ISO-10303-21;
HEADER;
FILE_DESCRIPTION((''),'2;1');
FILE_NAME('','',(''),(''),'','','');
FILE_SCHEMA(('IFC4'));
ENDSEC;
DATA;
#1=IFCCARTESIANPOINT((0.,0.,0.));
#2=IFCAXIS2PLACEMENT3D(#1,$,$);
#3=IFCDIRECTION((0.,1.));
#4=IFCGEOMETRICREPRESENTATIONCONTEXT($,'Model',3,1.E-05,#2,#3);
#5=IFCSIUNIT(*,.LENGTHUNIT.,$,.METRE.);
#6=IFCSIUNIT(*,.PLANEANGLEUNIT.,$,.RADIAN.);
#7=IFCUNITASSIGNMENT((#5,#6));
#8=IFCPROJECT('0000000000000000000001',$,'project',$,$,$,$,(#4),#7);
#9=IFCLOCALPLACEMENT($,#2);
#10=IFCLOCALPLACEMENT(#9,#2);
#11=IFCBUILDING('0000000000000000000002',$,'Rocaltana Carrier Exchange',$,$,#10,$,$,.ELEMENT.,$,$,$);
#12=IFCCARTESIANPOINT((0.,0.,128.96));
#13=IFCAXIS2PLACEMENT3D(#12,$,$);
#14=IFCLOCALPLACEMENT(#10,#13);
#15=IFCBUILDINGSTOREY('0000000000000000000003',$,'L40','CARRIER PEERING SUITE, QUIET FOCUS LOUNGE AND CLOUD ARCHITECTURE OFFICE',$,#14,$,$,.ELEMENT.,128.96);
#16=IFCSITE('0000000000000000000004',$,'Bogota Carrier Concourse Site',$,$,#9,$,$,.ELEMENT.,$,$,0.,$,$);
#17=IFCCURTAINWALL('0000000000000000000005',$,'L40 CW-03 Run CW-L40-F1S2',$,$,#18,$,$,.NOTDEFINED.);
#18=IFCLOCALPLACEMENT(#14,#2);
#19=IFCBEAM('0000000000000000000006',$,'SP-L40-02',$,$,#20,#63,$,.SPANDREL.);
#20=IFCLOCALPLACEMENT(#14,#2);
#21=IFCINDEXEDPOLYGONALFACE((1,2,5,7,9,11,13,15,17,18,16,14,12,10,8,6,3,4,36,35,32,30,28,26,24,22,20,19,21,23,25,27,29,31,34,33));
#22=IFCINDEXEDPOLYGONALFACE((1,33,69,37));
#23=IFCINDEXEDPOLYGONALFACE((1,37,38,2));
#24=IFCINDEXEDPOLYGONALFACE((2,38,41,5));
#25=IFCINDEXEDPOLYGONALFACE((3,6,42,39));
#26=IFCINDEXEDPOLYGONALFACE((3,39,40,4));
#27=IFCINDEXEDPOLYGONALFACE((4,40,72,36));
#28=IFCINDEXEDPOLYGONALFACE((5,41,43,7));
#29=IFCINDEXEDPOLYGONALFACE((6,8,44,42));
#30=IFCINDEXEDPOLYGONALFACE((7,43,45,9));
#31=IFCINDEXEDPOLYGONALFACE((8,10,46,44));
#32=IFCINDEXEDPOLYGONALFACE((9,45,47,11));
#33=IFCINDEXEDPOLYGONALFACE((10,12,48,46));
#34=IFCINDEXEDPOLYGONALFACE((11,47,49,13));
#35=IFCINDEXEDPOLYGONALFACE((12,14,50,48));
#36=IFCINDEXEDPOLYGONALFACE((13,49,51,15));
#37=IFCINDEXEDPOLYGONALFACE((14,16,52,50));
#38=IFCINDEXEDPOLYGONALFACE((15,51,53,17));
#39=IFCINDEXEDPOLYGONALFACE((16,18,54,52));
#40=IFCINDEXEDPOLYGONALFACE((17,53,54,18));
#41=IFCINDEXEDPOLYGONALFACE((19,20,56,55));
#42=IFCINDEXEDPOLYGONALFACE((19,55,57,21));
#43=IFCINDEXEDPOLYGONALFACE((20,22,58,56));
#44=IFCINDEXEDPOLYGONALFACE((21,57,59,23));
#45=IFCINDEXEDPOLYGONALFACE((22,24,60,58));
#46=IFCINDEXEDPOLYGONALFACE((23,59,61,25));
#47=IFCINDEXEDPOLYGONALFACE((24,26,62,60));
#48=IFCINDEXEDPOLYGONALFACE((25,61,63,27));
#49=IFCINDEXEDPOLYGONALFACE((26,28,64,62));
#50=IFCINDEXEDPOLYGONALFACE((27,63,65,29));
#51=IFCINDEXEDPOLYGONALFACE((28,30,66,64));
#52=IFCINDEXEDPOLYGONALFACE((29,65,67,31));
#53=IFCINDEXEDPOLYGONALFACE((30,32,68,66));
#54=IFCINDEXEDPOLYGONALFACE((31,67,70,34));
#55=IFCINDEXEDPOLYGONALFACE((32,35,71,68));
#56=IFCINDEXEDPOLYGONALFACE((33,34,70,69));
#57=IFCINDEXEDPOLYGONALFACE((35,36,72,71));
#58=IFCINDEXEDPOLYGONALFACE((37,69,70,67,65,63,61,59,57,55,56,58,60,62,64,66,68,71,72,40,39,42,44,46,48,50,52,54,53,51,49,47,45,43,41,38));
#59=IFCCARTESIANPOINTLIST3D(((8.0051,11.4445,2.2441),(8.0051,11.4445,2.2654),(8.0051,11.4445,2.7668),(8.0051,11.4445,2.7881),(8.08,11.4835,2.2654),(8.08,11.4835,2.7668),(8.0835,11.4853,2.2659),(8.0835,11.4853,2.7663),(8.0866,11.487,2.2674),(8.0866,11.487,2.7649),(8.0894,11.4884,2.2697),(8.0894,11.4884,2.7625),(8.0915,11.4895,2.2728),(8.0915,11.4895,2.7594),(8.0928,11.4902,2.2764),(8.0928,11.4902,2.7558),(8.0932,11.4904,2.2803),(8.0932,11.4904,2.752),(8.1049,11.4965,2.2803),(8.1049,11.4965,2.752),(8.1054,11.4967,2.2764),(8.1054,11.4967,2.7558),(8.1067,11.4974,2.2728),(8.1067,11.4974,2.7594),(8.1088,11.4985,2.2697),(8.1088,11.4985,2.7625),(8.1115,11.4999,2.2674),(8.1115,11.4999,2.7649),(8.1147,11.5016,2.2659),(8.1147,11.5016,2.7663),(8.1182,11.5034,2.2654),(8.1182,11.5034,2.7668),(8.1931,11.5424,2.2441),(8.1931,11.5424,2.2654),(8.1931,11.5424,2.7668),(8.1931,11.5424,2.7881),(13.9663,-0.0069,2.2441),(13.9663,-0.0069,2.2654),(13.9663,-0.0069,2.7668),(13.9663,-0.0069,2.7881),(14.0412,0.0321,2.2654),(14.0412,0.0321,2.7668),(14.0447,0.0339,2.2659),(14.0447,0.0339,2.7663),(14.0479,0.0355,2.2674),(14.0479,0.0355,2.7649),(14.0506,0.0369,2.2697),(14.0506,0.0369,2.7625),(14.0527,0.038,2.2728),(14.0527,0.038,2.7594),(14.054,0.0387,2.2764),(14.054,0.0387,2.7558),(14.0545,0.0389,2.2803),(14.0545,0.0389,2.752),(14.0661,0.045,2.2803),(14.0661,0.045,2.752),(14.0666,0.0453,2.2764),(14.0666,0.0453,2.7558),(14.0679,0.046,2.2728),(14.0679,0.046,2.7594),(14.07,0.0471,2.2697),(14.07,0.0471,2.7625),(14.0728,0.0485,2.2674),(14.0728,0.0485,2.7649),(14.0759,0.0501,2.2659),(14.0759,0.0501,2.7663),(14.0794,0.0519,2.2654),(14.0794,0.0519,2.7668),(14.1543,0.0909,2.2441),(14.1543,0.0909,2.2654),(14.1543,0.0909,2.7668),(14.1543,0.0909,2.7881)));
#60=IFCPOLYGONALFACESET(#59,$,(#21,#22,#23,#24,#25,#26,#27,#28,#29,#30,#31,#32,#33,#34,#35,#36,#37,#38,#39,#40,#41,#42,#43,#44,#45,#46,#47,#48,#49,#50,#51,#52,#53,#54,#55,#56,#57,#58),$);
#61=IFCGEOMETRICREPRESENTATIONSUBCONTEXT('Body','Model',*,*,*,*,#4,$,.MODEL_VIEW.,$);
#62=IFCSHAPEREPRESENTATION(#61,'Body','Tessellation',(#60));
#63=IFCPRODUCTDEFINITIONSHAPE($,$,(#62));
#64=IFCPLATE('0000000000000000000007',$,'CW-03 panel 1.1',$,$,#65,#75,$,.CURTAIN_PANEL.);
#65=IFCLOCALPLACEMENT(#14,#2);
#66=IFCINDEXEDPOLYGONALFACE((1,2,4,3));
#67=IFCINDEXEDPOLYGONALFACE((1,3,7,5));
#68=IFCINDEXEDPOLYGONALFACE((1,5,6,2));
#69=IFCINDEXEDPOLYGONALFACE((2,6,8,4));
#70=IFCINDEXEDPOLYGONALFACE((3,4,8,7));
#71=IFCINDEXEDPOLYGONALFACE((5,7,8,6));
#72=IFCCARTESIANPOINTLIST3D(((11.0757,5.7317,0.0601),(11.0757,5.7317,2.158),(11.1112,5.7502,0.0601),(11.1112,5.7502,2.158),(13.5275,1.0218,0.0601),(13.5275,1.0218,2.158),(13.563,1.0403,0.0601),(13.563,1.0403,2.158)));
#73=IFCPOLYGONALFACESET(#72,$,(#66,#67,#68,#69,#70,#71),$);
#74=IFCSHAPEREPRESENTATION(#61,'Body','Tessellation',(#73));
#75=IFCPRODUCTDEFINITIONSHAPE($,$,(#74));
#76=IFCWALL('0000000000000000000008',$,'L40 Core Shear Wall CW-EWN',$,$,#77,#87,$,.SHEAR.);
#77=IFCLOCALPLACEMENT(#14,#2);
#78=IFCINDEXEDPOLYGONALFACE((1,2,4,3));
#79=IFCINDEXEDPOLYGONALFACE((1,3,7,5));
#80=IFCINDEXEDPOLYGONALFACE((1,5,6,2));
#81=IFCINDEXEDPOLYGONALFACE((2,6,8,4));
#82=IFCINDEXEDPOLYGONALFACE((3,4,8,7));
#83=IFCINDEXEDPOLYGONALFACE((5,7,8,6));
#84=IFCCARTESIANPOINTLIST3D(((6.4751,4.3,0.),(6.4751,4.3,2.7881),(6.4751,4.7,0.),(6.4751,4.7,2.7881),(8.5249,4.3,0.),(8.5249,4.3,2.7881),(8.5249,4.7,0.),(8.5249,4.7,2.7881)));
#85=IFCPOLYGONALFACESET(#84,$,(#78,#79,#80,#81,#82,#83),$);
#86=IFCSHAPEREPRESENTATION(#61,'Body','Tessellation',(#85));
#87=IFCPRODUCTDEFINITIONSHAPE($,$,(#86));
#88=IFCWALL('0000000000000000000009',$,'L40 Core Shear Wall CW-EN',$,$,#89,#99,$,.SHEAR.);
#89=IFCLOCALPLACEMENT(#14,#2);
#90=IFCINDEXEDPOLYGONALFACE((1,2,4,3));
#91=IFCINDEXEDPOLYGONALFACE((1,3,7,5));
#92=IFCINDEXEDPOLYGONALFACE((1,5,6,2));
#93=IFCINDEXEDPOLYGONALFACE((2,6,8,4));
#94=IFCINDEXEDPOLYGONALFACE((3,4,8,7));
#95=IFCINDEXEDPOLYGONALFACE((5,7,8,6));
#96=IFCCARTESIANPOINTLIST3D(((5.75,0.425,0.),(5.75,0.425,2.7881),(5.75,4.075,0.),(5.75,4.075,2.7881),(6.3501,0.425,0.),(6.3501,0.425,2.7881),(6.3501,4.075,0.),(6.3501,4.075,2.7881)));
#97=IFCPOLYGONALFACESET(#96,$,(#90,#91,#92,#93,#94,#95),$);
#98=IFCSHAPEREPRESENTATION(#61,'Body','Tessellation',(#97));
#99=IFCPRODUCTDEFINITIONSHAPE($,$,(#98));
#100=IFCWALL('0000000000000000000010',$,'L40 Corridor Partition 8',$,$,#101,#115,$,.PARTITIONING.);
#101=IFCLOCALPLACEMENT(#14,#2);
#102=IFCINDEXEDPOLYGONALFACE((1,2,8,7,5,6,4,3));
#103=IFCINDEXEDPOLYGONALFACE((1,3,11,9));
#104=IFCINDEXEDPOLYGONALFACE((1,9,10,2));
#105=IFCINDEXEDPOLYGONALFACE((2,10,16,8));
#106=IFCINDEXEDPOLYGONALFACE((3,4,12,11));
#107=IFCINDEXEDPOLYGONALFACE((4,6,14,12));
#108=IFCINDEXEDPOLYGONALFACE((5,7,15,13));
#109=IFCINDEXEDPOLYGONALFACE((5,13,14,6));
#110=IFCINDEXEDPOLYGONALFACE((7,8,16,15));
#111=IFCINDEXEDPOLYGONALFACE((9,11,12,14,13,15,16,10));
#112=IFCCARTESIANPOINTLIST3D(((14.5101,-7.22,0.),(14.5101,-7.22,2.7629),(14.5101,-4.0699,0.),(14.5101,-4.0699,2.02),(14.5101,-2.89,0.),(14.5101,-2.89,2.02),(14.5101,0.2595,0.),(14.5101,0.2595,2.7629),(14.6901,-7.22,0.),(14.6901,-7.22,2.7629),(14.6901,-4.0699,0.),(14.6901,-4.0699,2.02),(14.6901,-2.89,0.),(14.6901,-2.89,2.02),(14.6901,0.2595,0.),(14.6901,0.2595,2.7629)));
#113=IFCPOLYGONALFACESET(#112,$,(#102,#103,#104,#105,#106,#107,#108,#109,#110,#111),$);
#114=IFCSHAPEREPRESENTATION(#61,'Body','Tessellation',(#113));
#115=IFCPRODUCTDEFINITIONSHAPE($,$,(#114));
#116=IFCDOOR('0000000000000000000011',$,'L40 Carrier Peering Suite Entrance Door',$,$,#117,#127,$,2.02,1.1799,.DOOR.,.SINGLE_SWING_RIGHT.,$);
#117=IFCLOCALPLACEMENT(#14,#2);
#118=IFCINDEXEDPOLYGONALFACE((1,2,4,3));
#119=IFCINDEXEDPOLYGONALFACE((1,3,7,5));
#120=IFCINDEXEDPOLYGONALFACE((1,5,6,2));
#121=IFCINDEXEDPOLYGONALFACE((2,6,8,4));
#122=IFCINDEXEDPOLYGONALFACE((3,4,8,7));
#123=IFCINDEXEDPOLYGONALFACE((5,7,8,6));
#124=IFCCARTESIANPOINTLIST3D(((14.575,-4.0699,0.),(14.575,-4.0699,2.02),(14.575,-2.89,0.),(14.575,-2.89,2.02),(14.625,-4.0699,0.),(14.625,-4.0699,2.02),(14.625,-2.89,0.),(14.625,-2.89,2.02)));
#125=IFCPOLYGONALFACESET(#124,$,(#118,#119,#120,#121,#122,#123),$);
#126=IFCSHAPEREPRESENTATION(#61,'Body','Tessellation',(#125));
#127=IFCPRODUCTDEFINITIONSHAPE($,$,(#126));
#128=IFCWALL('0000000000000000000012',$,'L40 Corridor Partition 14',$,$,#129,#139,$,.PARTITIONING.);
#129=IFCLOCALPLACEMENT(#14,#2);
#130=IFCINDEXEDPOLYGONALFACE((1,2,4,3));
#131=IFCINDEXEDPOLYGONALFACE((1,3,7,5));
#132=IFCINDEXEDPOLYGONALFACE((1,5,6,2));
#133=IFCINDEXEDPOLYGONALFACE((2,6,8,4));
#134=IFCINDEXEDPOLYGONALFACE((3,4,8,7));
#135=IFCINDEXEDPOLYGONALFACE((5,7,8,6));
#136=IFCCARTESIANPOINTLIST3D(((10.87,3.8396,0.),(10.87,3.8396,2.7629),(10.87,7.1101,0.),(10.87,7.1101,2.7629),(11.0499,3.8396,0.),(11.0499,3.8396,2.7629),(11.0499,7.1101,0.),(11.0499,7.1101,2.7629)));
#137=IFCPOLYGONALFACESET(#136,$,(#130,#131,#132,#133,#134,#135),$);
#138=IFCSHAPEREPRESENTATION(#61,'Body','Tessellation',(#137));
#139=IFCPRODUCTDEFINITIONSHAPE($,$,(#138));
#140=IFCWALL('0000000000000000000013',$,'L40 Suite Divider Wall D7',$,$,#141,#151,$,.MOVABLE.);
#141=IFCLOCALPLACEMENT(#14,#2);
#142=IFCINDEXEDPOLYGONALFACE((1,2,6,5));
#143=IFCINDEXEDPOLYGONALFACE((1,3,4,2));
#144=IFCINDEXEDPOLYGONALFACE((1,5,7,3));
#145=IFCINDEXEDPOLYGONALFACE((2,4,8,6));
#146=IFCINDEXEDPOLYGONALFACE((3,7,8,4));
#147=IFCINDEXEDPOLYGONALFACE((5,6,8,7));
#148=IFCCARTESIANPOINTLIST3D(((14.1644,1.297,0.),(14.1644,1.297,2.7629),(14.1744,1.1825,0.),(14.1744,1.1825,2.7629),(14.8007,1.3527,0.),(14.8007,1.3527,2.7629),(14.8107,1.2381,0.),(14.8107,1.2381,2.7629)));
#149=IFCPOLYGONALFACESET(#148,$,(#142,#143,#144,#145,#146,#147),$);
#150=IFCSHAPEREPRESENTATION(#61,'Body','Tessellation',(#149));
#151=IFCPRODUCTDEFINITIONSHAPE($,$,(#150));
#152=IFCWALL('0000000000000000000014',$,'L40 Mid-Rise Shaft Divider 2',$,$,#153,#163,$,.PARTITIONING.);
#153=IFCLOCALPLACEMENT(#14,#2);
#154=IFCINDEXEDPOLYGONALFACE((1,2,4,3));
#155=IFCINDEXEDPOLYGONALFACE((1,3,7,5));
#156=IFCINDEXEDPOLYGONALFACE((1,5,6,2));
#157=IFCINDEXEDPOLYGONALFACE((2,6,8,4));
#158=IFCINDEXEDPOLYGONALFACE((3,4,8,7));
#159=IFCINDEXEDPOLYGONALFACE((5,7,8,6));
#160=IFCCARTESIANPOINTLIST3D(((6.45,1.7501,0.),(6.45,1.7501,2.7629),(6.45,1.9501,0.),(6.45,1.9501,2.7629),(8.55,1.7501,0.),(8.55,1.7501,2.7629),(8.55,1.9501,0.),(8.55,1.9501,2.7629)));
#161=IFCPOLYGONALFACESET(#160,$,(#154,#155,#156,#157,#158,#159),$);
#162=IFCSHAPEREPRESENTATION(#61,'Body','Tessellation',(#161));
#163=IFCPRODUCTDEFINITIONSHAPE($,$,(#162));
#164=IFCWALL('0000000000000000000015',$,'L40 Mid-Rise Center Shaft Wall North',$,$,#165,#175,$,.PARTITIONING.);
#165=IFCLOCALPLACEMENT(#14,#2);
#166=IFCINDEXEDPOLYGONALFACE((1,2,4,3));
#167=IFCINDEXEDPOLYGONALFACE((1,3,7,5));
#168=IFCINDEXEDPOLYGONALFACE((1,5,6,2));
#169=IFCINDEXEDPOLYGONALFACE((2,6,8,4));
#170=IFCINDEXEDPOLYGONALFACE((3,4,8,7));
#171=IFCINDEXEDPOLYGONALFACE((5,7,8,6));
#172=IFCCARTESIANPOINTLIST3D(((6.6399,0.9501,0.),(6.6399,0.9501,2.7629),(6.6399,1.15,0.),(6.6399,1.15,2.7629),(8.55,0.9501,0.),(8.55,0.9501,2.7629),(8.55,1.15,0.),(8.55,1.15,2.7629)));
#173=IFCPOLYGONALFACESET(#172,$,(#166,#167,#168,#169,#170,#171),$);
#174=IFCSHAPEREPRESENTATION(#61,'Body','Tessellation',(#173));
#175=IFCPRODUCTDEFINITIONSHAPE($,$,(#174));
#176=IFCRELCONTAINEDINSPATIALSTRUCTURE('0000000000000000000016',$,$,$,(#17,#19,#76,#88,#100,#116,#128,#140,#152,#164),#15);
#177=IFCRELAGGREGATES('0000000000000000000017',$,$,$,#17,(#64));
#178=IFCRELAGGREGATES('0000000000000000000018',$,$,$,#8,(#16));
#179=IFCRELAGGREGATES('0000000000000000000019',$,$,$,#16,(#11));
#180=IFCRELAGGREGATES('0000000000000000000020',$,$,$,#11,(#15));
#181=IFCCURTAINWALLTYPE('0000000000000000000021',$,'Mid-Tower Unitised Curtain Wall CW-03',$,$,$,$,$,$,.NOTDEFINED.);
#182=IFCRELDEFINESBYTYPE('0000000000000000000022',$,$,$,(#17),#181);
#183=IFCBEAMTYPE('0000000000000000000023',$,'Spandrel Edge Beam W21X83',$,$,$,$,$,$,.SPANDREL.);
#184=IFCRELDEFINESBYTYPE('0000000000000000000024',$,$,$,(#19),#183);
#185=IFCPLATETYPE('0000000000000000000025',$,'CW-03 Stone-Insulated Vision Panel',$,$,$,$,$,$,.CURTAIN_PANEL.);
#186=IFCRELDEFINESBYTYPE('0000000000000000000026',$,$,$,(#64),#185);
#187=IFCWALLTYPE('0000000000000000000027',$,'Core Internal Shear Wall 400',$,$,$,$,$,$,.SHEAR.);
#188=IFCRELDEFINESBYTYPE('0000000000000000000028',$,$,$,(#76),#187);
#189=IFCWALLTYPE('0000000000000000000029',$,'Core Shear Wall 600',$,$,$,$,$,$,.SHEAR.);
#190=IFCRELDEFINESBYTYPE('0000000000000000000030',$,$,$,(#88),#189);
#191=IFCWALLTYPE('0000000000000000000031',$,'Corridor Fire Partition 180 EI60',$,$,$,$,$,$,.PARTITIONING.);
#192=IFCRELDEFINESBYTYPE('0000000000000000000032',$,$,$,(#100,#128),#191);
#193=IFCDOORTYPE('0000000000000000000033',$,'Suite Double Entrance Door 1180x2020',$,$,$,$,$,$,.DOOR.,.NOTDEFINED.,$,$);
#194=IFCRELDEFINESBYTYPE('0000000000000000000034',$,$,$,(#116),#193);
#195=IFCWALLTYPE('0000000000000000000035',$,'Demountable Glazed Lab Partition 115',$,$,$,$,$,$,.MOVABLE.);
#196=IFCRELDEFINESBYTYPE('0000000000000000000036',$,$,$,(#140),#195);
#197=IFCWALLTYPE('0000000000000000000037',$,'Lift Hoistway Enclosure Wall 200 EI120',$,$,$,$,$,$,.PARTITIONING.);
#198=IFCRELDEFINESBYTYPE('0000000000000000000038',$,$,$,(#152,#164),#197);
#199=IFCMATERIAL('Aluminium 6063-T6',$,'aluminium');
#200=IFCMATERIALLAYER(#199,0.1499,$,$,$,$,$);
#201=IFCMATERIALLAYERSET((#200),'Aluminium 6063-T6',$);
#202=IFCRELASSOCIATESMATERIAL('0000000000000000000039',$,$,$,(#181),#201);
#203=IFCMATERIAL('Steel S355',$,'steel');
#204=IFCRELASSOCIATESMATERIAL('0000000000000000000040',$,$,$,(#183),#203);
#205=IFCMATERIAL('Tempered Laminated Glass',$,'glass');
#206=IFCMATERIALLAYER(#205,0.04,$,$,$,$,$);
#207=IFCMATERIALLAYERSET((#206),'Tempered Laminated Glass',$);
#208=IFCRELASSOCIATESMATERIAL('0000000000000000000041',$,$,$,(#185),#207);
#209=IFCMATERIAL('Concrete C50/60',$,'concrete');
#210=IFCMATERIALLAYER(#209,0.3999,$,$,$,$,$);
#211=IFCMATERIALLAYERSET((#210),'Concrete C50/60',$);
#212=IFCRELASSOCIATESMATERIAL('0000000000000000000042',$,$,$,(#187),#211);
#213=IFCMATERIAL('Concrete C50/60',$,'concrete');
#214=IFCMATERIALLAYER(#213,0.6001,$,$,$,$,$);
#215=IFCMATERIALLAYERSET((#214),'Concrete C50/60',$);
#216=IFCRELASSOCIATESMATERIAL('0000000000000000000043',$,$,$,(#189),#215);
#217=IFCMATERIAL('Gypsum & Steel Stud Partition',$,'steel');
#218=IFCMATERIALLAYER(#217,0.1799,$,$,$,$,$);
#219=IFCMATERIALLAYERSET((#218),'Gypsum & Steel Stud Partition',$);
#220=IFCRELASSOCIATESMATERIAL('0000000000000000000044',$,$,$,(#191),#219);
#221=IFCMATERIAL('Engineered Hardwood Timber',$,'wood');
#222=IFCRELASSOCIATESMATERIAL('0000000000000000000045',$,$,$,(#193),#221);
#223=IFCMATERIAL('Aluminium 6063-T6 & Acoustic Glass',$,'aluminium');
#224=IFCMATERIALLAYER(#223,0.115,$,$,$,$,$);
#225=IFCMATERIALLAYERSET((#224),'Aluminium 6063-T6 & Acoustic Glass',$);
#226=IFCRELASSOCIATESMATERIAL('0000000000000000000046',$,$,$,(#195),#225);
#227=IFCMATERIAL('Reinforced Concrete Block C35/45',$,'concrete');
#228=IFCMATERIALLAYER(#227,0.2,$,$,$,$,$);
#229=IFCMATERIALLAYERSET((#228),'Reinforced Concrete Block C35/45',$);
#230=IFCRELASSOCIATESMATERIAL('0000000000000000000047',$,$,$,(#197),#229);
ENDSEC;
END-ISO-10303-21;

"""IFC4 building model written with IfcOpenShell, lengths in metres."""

from ifc_helpers import new_model, si_unit, direction, frame, frame_2d, origin, origin_2d, place, context, subcontext, project, spatial, rectangle, i_section, extrude, material, layer, layer_set, material_profile, profile_set, type_object, element, fill, aggregate, save


model = new_model("IFC4")

# Units and contexts
model_context = context("Model", 3, precision=1e-05, world=origin(), true_north=direction((0.0, 1.0)))
body_context = subcontext(model_context, "Body", "Model", "MODEL_VIEW")
ifc_project = project(units=[si_unit("LENGTHUNIT", "METRE"), si_unit("PLANEANGLEUNIT", "RADIAN")], contexts=[model_context])

# Site, building, storey
site_placement = place(None, origin())
site = spatial("IfcSite", under=ifc_project, at=site_placement, Name="Bogota Carrier Concourse Site", CompositionType="ELEMENT", RefElevation=0.0)
building_placement = place(site_placement, origin())
building = spatial("IfcBuilding", under=site, at=building_placement, Name="Rocaltana Carrier Exchange", CompositionType="ELEMENT")
storey_placement = place(building_placement, frame((0.0, 0.0, 128.96)))
storey = spatial("IfcBuildingStorey", under=building, at=storey_placement, Name="L40", Description="CARRIER PEERING SUITE, QUIET FOCUS LOUNGE AND CLOUD ARCHITECTURE OFFICE", CompositionType="ELEMENT", Elevation=128.96)

# Curtain wall
ifc_material_1 = material(Name="Aluminium 6063-T6", Category="aluminium")
ifc_layer_1 = layer(ifc_material_1, 0.1499)
ifc_layer_set_1 = layer_set([ifc_layer_1], Name="Aluminium 6063-T6")
curtain_wall_type = type_object("IfcCurtainWallType", Name="Mid-Tower Unitised Curtain Wall CW-03", PredefinedType="NOTDEFINED", material=ifc_layer_set_1)
curtain_wall_placement = place(storey_placement, origin())
curtain_wall = element("IfcCurtainWall", 1, at=curtain_wall_placement, inside=storey, type_object=curtain_wall_type, Name="L40 CW-03 Run CW-L40-F1S2", PredefinedType="NOTDEFINED")

# Beam
ifc_material_2 = material(Name="Steel S355", Category="steel")
ifc_material_profile_1 = material_profile(ifc_material_2, i_section(OverallWidth=0.2119, OverallDepth=0.5439, WebThickness=0.0132, FlangeThickness=0.0212, FilletRadius=0.0149, at=origin_2d()), Name="W21X83")
ifc_profile_set_1 = profile_set([ifc_material_profile_1], Name="Steel S355")
beam_type_1 = type_object("IfcBeamType", Name="Spandrel Edge Beam W21X83", PredefinedType="SPANDREL", material=ifc_profile_set_1)
beam_1_placement = place(storey_placement, frame((14.0603, 0.042, 2.5161), z_axis=(-0.461746, 0.887012, 0.0), x_axis=(-0.887012, -0.461746, 0.0)))
element("IfcBeam", 2, at=beam_1_placement, inside=storey, type_object=beam_type_1, Name="SP-L40-02", PredefinedType="SPANDREL", context=body_context, shape_type="SweptSolid", body=[
    extrude(i_section(OverallWidth=0.2119, OverallDepth=0.5439, WebThickness=0.0132, FlangeThickness=0.0212, FilletRadius=0.0149, at=origin_2d()), origin(), (0.0, 0.0, 1.0), 12.9102),
])

# Plate
ifc_material_3 = material(Name="Tempered Laminated Glass", Category="glass")
ifc_layer_2 = layer(ifc_material_3, 0.04)
ifc_layer_set_2 = layer_set([ifc_layer_2], Name="Tempered Laminated Glass")
plate_type = type_object("IfcPlateType", Name="CW-03 Stone-Insulated Vision Panel", PredefinedType="CURTAIN_PANEL", material=ifc_layer_set_2)
plate_placement = place(storey_placement, frame((12.3193, 3.386, 0.0601), z_axis=(0.0, 0.0, 1.0), x_axis=(-0.461747, 0.887012, 0.0)))
plate = element("IfcPlate", 3, at=plate_placement, type_object=plate_type, Name="CW-03 panel 1.1", PredefinedType="CURTAIN_PANEL", context=body_context, shape_type="SweptSolid", body=[
    extrude(rectangle(XDim=5.3098, YDim=0.04, at=origin_2d()), origin(), (0.0, 0.0, 1.0), 2.0979),
])
aggregate(curtain_wall, [plate])

# Walls
ifc_material_4 = material(Name="Concrete C50/60", Category="concrete")
ifc_layer_3 = layer(ifc_material_4, 0.3999)
ifc_layer_set_3 = layer_set([ifc_layer_3], Name="Concrete C50/60")
wall_type_1 = type_object("IfcWallType", Name="Core Internal Shear Wall 400", PredefinedType="SHEAR", material=ifc_layer_set_3)
wall_1_placement = place(storey_placement, frame((6.4751, 4.5, 0.0), z_axis=(0.0, 0.0, 1.0), x_axis=(1.0, 0.0, 0.0)))
element("IfcWall", 4, at=wall_1_placement, inside=storey, type_object=wall_type_1, Name="L40 Core Shear Wall CW-EWN", PredefinedType="SHEAR", context=body_context, shape_type="SweptSolid", body=[
    extrude(rectangle(XDim=2.0498, YDim=0.3999, at=frame_2d((1.0249, 0.0))), origin(), (0.0, 0.0, 1.0), 2.7881),
])
ifc_material_5 = material(Name="Concrete C50/60", Category="concrete")
ifc_layer_4 = layer(ifc_material_5, 0.6001)
ifc_layer_set_4 = layer_set([ifc_layer_4], Name="Concrete C50/60")
wall_type_2 = type_object("IfcWallType", Name="Core Shear Wall 600", PredefinedType="SHEAR", material=ifc_layer_set_4)
wall_2_placement = place(storey_placement, frame((6.05, 0.425, 0.0), z_axis=(0.0, 0.0, 1.0), x_axis=(0.0, 1.0, 0.0)))
element("IfcWall", 5, at=wall_2_placement, inside=storey, type_object=wall_type_2, Name="L40 Core Shear Wall CW-EN", PredefinedType="SHEAR", context=body_context, shape_type="SweptSolid", body=[
    extrude(rectangle(XDim=3.6499, YDim=0.6001, at=frame_2d((1.825, 0.0))), origin(), (0.0, 0.0, 1.0), 2.7881),
])

# Wall, opening, door
ifc_material_6 = material(Name="Gypsum & Steel Stud Partition", Category="steel")
ifc_layer_5 = layer(ifc_material_6, 0.1799)
ifc_layer_set_5 = layer_set([ifc_layer_5], Name="Gypsum & Steel Stud Partition")
wall_type_3 = type_object("IfcWallType", Name="Corridor Fire Partition 180 EI60", PredefinedType="PARTITIONING", material=ifc_layer_set_5)
wall_3_placement = place(storey_placement, frame((14.6001, 0.2595, 0.0), z_axis=(0.0, 0.0, 1.0), x_axis=(0.0, -1.0, 0.0)))
wall_3 = element("IfcWall", 6, at=wall_3_placement, inside=storey, type_object=wall_type_3, Name="L40 Corridor Partition 8", PredefinedType="PARTITIONING", context=body_context, shape_type="SweptSolid", body=[
    extrude(rectangle(XDim=7.4795, YDim=0.1799, at=frame_2d((3.7397, 0.0))), origin(), (0.0, 0.0, 1.0), 2.7629),
])
opening_placement = place(wall_3_placement, frame((3.1497, 0.0, 0.0)))
opening = element("IfcOpeningElement", 7, at=opening_placement, cuts=wall_3, PredefinedType="OPENING", context=body_context, shape_type="SweptSolid", body=[
    extrude(rectangle(XDim=1.1799, YDim=2.02, at=frame_2d((0.5898, 1.01))), frame((0.0, 0.0999, 0.0), z_axis=(0.0, -1.0, 0.0), x_axis=(1.0, 0.0, 0.0)), (0.0, 0.0, 1.0), 0.2),
])
ifc_material_7 = material(Name="Engineered Hardwood Timber", Category="wood")
door_type = type_object("IfcDoorType", Name="Suite Double Entrance Door 1180x2020", OperationType="NOTDEFINED", PredefinedType="DOOR", material=ifc_material_7)
door_placement = place(opening_placement, origin())
door = element("IfcDoor", 8, at=door_placement, inside=storey, type_object=door_type, Name="L40 Carrier Peering Suite Entrance Door", OperationType="SINGLE_SWING_RIGHT", OverallHeight=2.02, OverallWidth=1.1799, PredefinedType="DOOR", context=body_context, shape_type="SweptSolid", body=[
    extrude(rectangle(XDim=1.1799, YDim=2.02, at=frame_2d((0.5898, 1.01))), frame((0.0, 0.0249, 0.0), z_axis=(0.0, -1.0, 0.0), x_axis=(1.0, 0.0, 0.0)), (0.0, 0.0, 1.0), 0.05),
])
fill(opening, door)

# Walls
wall_4_placement = place(storey_placement, frame((10.96, 3.8396, 0.0), z_axis=(0.0, 0.0, 1.0), x_axis=(0.0, 1.0, 0.0)))
element("IfcWall", 9, at=wall_4_placement, inside=storey, type_object=wall_type_3, Name="L40 Corridor Partition 14", PredefinedType="PARTITIONING", context=body_context, shape_type="SweptSolid", body=[
    extrude(rectangle(XDim=3.2705, YDim=0.1799, at=frame_2d((1.6353, 0.0))), origin(), (0.0, 0.0, 1.0), 2.7629),
])
ifc_material_8 = material(Name="Aluminium 6063-T6 & Acoustic Glass", Category="aluminium")
ifc_layer_6 = layer(ifc_material_8, 0.115)
ifc_layer_set_6 = layer_set([ifc_layer_6], Name="Aluminium 6063-T6 & Acoustic Glass")
wall_type_4 = type_object("IfcWallType", Name="Demountable Glazed Lab Partition 115", PredefinedType="MOVABLE", material=ifc_layer_set_6)
wall_5_placement = place(storey_placement, frame((14.1694, 1.2397, 0.0), z_axis=(0.0, 0.0, 1.0), x_axis=(0.996195, 0.087157, 0.0)))
element("IfcWall", 10, at=wall_5_placement, inside=storey, type_object=wall_type_4, Name="L40 Suite Divider Wall D7", PredefinedType="MOVABLE", context=body_context, shape_type="SweptSolid", body=[
    extrude(rectangle(XDim=0.6387, YDim=0.115, at=frame_2d((0.3193, 0.0))), origin(), (0.0, 0.0, 1.0), 2.7629),
])
ifc_material_9 = material(Name="Reinforced Concrete Block C35/45", Category="concrete")
ifc_layer_7 = layer(ifc_material_9, 0.2)
ifc_layer_set_7 = layer_set([ifc_layer_7], Name="Reinforced Concrete Block C35/45")
wall_type_5 = type_object("IfcWallType", Name="Lift Hoistway Enclosure Wall 200 EI120", PredefinedType="PARTITIONING", material=ifc_layer_set_7)
wall_6_placement = place(storey_placement, frame((6.45, 1.8501, 0.0), z_axis=(0.0, 0.0, 1.0), x_axis=(1.0, 0.0, 0.0)))
element("IfcWall", 11, at=wall_6_placement, inside=storey, type_object=wall_type_5, Name="L40 Mid-Rise Shaft Divider 2", PredefinedType="PARTITIONING", context=body_context, shape_type="SweptSolid", body=[
    extrude(rectangle(XDim=2.1001, YDim=0.2, at=frame_2d((1.05, 0.0))), origin(), (0.0, 0.0, 1.0), 2.7629),
])
wall_7_placement = place(storey_placement, frame((6.6399, 1.05, 0.0), z_axis=(0.0, 0.0, 1.0), x_axis=(1.0, 0.0, 0.0)))
element("IfcWall", 12, at=wall_7_placement, inside=storey, type_object=wall_type_5, Name="L40 Mid-Rise Center Shaft Wall North", PredefinedType="PARTITIONING", context=body_context, shape_type="SweptSolid", body=[
    extrude(rectangle(XDim=1.9102, YDim=0.2, at=frame_2d((0.9551, 0.0))), origin(), (0.0, 0.0, 1.0), 2.7629),
])

save(model, "model.ifc")
